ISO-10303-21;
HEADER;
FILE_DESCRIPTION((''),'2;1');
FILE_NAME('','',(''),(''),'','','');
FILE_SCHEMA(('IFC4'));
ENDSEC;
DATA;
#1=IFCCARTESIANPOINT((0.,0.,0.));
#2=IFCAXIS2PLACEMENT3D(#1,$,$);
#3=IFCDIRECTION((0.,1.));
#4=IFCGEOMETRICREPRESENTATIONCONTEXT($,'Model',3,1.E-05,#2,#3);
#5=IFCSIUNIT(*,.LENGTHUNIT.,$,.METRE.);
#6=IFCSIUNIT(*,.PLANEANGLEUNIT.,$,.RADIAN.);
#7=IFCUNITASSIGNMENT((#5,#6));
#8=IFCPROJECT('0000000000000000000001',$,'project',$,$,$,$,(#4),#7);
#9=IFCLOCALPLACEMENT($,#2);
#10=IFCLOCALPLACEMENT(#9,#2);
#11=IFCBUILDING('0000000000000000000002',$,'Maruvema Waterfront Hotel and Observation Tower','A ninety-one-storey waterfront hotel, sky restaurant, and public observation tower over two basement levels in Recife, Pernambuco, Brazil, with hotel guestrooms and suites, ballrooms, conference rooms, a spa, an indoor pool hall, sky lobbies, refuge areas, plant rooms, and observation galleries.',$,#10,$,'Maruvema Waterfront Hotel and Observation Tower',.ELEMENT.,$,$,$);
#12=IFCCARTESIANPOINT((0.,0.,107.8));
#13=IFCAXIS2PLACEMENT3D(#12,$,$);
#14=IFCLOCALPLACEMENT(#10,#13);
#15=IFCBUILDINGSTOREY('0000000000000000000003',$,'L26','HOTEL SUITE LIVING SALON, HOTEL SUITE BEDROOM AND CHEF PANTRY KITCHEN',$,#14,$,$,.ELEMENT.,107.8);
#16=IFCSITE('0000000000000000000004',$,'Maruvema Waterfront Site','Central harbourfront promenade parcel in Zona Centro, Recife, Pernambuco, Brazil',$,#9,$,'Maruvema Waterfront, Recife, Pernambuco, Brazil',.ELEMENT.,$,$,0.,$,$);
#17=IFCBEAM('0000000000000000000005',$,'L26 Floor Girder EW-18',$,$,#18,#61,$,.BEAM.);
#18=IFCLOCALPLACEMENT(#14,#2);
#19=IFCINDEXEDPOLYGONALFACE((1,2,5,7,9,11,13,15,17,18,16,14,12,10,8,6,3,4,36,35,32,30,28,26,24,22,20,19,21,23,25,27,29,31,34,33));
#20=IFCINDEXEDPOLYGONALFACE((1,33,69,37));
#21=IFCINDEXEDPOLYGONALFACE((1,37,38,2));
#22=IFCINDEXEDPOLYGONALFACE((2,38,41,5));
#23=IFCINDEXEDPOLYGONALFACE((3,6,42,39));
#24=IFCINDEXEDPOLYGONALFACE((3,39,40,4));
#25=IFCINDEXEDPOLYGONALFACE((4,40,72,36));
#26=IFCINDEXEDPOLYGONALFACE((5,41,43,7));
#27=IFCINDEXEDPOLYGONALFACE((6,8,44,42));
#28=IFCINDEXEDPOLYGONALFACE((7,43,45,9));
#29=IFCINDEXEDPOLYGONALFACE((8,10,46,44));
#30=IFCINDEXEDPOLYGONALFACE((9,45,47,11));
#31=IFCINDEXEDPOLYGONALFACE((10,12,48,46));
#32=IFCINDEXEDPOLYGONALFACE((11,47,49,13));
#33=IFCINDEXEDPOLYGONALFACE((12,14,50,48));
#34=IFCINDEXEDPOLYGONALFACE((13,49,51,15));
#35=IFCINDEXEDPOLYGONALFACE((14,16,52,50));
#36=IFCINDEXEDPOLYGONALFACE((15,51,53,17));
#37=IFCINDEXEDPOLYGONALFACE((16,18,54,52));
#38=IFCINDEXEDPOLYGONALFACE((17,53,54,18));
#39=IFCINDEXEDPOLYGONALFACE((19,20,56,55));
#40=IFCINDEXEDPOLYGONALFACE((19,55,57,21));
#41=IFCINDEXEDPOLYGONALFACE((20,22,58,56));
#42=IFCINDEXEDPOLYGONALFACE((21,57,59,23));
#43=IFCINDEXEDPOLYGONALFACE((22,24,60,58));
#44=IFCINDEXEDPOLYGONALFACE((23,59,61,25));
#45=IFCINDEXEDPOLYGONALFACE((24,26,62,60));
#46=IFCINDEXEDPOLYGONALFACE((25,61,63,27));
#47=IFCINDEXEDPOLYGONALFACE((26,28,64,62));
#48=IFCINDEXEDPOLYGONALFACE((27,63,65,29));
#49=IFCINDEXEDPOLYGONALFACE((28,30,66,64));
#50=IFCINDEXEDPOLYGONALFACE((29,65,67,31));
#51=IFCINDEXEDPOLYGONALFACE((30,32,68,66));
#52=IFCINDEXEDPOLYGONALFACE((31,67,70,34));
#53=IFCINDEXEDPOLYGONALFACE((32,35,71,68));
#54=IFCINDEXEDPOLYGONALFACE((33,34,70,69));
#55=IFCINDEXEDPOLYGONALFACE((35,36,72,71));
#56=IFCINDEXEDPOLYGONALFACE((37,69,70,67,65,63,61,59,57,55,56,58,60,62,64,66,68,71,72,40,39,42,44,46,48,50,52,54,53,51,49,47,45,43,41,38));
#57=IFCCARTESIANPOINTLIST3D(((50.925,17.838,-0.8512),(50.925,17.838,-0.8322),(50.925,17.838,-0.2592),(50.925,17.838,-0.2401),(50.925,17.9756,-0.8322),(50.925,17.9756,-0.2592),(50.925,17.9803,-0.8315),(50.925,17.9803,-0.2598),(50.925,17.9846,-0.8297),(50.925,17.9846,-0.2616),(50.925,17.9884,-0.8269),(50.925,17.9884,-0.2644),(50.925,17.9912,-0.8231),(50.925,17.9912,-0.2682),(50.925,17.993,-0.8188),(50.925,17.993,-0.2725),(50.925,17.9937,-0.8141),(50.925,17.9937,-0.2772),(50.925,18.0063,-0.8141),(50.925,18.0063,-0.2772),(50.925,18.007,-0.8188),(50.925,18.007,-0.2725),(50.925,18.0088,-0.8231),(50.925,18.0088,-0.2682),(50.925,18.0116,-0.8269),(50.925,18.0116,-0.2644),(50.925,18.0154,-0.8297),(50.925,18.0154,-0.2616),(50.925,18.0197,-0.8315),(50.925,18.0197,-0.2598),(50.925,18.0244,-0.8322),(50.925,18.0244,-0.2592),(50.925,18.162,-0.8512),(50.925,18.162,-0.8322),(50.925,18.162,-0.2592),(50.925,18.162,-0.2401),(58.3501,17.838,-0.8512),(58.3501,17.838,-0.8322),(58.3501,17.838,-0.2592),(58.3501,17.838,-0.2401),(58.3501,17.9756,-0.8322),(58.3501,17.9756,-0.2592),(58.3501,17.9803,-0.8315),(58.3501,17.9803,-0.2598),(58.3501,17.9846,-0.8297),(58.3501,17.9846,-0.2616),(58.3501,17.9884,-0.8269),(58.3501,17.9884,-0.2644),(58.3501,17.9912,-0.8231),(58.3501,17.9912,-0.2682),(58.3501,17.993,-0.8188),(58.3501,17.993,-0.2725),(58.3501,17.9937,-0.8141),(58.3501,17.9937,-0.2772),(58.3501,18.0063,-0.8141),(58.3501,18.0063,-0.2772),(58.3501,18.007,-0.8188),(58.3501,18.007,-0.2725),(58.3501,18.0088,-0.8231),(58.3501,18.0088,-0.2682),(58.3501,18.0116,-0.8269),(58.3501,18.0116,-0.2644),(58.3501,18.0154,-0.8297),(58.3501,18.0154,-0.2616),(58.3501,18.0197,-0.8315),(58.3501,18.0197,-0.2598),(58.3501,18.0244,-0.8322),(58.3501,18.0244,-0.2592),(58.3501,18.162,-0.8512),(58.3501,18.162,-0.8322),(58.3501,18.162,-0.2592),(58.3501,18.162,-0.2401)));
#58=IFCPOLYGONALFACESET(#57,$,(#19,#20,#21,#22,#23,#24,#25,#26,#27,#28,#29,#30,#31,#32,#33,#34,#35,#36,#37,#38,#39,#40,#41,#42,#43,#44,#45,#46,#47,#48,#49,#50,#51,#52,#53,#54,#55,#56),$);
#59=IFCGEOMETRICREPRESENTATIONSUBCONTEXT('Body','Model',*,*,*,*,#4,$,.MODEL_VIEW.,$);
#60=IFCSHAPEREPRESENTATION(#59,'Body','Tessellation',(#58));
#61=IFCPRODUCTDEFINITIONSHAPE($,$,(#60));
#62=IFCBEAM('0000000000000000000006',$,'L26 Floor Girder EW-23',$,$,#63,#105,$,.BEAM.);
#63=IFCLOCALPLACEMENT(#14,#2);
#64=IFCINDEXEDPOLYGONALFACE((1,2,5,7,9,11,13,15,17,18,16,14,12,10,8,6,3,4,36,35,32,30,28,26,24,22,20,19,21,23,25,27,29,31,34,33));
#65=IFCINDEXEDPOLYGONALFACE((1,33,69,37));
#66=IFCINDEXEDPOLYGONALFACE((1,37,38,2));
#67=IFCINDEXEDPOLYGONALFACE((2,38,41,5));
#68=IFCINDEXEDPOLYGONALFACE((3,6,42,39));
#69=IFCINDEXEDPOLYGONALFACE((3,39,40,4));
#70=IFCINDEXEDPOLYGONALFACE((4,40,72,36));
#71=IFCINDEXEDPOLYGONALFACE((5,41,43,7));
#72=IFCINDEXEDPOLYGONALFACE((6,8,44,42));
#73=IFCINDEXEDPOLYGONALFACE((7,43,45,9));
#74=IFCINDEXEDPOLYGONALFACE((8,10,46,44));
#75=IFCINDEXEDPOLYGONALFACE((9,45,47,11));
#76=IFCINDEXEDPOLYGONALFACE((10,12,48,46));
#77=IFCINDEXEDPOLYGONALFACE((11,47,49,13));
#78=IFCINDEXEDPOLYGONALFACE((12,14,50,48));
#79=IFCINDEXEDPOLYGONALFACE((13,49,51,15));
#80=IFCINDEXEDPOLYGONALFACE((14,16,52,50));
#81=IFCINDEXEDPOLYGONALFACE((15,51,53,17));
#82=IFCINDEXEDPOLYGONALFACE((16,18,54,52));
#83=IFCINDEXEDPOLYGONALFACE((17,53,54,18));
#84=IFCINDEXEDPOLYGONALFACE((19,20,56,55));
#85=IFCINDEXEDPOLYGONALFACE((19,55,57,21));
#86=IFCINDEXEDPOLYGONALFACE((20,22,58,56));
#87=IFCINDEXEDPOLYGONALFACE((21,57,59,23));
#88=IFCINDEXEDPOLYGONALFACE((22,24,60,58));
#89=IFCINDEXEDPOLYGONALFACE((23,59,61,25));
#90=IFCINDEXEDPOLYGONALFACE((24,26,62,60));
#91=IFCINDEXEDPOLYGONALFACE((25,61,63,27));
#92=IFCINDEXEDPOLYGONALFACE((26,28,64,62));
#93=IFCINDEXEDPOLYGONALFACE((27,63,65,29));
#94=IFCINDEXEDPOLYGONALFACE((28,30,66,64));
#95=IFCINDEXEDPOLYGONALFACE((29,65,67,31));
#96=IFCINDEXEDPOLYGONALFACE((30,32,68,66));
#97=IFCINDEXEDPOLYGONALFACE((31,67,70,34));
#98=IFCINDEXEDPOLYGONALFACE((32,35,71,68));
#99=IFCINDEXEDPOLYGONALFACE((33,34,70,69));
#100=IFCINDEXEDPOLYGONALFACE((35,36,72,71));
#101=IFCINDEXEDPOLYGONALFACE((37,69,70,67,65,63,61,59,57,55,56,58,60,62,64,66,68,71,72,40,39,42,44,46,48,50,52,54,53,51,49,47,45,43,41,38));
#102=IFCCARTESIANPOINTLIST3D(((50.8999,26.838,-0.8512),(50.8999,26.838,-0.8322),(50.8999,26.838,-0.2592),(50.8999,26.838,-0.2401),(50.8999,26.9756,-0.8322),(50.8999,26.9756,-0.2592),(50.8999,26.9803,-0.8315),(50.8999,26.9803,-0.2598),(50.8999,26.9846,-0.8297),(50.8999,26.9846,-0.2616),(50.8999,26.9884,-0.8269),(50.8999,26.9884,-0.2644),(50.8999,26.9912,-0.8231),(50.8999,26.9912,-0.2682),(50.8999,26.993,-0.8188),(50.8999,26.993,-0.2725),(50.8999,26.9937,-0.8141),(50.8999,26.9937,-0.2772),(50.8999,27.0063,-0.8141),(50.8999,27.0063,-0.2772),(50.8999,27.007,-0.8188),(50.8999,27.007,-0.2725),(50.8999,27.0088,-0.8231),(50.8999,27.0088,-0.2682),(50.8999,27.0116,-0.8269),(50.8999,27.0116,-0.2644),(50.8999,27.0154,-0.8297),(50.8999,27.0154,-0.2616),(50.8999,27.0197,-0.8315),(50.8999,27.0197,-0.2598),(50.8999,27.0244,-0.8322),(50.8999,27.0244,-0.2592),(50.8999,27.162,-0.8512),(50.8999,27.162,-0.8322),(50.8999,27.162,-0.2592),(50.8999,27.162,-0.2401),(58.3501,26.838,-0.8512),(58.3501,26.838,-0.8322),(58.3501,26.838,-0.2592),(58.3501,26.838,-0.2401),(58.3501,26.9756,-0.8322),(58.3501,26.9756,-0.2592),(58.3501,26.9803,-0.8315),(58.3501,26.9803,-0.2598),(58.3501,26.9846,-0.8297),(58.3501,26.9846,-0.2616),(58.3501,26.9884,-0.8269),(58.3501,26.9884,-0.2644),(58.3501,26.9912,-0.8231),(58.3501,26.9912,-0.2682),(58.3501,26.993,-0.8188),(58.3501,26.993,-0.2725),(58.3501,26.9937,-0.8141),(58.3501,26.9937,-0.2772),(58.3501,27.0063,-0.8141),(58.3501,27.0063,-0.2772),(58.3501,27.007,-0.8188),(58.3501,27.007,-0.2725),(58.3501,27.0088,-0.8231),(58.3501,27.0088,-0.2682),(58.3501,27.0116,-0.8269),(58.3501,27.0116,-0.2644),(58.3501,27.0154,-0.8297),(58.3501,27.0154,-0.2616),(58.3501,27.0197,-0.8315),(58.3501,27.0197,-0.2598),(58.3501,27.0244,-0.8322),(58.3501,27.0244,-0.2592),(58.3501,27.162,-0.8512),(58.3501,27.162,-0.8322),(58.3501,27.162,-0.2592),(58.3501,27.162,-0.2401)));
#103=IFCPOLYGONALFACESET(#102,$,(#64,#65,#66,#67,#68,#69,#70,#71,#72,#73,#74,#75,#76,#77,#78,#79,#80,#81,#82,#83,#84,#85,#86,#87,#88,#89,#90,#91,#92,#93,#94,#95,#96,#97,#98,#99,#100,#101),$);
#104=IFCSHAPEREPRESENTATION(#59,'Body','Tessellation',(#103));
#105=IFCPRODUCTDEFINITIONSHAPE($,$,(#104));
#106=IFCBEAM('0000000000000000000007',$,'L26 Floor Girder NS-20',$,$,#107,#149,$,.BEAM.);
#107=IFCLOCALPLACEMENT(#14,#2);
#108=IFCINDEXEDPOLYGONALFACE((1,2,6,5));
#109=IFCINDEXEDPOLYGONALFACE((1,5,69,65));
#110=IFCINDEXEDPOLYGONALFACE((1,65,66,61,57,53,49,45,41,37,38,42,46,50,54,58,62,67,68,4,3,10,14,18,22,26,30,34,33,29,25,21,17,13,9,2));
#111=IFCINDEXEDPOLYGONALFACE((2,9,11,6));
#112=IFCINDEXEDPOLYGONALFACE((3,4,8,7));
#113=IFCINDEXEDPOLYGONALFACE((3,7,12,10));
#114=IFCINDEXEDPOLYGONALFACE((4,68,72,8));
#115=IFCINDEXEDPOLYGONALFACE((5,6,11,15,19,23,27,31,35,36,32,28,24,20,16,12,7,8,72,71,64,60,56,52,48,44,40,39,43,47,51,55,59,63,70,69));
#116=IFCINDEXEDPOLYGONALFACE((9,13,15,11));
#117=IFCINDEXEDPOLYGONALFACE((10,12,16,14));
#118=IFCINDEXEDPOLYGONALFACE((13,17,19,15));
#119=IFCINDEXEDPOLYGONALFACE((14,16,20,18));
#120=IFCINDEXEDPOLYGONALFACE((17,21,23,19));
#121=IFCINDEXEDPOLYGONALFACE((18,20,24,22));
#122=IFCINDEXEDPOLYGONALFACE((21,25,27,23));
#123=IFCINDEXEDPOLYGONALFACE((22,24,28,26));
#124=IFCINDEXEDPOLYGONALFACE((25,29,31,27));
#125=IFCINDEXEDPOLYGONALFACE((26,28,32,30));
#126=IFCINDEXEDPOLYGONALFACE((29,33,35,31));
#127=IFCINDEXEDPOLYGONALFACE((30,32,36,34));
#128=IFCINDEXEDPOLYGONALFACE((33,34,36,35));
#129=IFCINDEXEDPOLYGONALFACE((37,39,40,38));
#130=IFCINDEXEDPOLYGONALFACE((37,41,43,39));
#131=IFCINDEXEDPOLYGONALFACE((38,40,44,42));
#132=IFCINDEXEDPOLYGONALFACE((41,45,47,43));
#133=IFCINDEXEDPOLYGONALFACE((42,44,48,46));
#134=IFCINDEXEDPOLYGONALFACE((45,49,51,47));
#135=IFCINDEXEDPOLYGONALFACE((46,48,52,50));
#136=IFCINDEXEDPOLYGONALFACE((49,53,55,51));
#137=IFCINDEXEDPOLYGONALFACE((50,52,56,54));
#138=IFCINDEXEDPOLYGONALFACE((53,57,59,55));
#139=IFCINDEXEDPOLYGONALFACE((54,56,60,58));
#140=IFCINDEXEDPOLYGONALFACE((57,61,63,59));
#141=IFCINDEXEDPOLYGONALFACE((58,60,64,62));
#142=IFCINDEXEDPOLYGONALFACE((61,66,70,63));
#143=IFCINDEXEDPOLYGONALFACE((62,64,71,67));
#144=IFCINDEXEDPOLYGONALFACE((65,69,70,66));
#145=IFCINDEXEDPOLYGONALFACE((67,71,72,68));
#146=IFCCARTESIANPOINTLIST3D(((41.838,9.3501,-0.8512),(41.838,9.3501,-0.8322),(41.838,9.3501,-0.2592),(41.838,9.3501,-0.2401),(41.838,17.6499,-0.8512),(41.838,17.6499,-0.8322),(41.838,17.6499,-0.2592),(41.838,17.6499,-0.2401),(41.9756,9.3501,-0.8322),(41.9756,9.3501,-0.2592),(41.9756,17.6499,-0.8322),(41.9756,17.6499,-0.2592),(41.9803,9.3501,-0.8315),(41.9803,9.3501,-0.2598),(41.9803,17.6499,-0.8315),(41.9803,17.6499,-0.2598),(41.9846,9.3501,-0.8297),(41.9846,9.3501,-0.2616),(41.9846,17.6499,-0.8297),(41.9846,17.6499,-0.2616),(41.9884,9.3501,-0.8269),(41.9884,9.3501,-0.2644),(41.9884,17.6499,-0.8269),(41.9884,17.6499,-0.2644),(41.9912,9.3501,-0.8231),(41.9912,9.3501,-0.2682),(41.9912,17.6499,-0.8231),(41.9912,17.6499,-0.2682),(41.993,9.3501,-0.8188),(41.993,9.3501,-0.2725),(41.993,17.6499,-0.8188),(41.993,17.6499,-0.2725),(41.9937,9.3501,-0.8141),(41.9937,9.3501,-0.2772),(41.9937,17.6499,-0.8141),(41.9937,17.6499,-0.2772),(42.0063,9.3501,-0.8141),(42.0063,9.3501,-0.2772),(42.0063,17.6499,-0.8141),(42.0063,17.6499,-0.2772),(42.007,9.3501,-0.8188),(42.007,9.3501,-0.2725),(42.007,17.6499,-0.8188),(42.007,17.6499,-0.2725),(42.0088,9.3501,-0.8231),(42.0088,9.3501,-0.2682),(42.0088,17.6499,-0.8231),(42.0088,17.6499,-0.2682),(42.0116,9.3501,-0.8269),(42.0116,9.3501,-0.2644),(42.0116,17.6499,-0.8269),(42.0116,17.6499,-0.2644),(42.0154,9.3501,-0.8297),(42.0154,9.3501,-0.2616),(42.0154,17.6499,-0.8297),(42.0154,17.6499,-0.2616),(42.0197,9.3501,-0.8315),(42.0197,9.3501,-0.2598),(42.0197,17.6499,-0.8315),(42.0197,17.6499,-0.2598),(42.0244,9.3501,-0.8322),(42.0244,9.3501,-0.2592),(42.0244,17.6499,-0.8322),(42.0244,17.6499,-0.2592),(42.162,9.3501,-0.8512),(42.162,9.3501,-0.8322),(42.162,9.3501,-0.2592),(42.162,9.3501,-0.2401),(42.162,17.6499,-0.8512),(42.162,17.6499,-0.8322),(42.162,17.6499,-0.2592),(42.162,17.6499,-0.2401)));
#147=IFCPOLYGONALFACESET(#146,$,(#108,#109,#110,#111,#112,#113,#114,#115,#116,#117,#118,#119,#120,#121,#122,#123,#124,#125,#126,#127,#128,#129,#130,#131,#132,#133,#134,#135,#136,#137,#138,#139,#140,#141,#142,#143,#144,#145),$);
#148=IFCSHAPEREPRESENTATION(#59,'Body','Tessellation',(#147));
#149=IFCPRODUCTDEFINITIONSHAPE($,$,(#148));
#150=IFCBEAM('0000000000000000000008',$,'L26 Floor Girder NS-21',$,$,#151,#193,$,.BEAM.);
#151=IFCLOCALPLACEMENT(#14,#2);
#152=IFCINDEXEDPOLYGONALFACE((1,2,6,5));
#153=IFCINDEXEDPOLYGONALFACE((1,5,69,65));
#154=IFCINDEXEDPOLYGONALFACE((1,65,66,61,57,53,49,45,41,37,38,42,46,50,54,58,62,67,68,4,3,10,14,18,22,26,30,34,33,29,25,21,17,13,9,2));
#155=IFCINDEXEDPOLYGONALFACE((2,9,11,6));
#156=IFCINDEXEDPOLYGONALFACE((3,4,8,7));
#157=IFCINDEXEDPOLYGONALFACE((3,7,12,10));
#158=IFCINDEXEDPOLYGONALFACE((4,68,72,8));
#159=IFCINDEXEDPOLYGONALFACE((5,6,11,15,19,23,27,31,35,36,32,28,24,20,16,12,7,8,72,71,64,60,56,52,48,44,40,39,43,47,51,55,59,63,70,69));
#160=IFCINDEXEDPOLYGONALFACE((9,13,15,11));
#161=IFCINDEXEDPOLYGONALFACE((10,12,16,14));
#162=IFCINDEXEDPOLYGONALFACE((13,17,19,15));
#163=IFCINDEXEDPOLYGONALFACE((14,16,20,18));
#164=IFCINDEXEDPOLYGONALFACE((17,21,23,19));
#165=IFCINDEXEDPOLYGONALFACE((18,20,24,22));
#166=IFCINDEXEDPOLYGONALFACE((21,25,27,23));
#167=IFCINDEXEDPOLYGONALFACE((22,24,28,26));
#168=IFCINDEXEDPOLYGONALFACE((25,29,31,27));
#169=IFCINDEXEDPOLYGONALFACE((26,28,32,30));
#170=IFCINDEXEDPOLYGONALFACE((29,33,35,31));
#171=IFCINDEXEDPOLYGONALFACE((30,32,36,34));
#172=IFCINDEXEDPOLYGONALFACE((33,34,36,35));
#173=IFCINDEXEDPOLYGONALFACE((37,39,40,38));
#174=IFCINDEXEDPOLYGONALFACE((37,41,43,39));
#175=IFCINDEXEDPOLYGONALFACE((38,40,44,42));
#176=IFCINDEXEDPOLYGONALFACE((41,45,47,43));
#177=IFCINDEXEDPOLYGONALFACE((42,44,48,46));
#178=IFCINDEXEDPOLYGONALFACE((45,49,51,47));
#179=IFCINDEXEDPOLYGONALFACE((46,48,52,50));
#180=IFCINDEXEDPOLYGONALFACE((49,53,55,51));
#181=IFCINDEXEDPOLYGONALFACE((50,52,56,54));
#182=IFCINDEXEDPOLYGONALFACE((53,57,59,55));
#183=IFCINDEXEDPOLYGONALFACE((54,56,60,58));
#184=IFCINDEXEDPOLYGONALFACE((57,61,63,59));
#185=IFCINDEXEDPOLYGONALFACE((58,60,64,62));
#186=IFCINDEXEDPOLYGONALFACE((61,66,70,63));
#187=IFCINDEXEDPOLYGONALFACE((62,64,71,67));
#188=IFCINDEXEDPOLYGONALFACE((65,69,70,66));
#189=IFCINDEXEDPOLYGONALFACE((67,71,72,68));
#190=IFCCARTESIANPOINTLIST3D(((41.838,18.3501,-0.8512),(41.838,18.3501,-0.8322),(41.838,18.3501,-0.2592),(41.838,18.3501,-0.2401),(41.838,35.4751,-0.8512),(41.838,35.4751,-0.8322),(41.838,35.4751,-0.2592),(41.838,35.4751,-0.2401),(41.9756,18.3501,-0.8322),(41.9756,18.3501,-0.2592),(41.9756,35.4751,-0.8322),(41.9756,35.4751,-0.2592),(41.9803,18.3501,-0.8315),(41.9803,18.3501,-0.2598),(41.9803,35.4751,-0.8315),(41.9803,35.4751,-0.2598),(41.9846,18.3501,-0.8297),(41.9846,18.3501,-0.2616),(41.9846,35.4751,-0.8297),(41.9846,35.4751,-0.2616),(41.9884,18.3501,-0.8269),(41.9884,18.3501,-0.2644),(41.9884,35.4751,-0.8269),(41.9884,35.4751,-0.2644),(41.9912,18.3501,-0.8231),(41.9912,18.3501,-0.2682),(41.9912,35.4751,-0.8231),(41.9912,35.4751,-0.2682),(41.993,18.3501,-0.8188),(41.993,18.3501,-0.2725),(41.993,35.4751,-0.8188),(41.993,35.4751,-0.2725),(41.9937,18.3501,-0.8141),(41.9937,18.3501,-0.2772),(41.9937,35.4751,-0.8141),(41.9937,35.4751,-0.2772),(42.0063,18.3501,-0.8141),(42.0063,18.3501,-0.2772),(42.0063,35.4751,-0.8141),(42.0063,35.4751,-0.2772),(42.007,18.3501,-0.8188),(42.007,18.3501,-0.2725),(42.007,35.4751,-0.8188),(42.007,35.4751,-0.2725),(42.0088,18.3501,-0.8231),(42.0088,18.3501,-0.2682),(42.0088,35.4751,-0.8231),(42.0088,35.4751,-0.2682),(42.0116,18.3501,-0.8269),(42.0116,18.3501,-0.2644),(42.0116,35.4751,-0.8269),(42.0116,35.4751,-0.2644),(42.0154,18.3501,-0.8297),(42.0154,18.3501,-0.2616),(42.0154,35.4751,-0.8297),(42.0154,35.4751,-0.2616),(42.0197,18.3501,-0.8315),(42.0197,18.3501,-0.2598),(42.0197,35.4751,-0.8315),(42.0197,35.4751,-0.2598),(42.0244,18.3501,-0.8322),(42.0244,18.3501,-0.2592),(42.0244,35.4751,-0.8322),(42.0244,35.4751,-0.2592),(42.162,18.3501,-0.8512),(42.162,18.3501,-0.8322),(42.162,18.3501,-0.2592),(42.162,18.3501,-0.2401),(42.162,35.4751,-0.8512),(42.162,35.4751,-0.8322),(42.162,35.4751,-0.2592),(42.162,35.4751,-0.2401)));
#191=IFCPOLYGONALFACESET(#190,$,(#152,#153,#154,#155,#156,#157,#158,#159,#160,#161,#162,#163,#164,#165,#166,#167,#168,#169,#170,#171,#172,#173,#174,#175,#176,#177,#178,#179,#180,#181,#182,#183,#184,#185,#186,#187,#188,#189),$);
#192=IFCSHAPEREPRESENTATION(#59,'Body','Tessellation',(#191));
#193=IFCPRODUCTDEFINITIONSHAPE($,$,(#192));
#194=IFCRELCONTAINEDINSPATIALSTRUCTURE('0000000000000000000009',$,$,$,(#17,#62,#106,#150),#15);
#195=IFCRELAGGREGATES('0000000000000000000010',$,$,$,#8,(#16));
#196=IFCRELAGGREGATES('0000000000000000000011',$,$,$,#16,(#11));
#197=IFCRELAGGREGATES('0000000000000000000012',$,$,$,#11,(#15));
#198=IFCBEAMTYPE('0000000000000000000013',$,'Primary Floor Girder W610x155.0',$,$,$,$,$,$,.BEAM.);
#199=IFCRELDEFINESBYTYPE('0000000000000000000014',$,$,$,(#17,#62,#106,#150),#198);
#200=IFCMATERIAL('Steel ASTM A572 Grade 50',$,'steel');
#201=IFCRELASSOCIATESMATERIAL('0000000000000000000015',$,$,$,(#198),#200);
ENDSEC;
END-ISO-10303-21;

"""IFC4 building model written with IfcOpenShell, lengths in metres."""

from ifc_helpers import new_model, si_unit, direction, frame, origin, origin_2d, place, context, subcontext, project, spatial, i_section, extrude, material, material_profile, profile_set, type_object, element, save


model = new_model("IFC4")

# Units and contexts
model_context = context("Model", 3, precision=1e-05, world=origin(), true_north=direction((0.0, 1.0)))
body_context = subcontext(model_context, "Body", "Model", "MODEL_VIEW")
ifc_project = project(units=[si_unit("LENGTHUNIT", "METRE"), si_unit("PLANEANGLEUNIT", "RADIAN")], contexts=[model_context])

# Site, building, storey
site_placement = place(None, origin())
site = spatial("IfcSite", under=ifc_project, at=site_placement, Name="Maruvema Waterfront Site", Description="Central harbourfront promenade parcel in Zona Centro, Recife, Pernambuco, Brazil", LongName="Maruvema Waterfront, Recife, Pernambuco, Brazil", CompositionType="ELEMENT", RefElevation=0.0)
building_placement = place(site_placement, origin())
building = spatial("IfcBuilding", under=site, at=building_placement, Name="Maruvema Waterfront Hotel and Observation Tower", Description="A ninety-one-storey waterfront hotel, sky restaurant, and public observation tower over two basement levels in Recife, Pernambuco, Brazil, with hotel guestrooms and suites, ballrooms, conference rooms, a spa, an indoor pool hall, sky lobbies, refuge areas, plant rooms, and observation galleries.", LongName="Maruvema Waterfront Hotel and Observation Tower", CompositionType="ELEMENT")
storey_placement = place(building_placement, frame((0.0, 0.0, 107.8)))
storey = spatial("IfcBuildingStorey", under=building, at=storey_placement, Name="L26", Description="HOTEL SUITE LIVING SALON, HOTEL SUITE BEDROOM AND CHEF PANTRY KITCHEN", CompositionType="ELEMENT", Elevation=107.8)

# Beams
ifc_material_1 = material(Name="Steel ASTM A572 Grade 50", Category="steel")
ifc_material_profile_1 = material_profile(ifc_material_1, i_section(OverallWidth=0.324, OverallDepth=0.6111, WebThickness=0.0127, FlangeThickness=0.019, FilletRadius=0.0181, at=origin_2d()), Name="W610x155.0")
ifc_profile_set_1 = profile_set([ifc_material_profile_1], Name="Steel ASTM A572 Grade 50")
beam_type_1 = type_object("IfcBeamType", Name="Primary Floor Girder W610x155.0", PredefinedType="BEAM", material=ifc_profile_set_1)
beam_1_placement = place(storey_placement, frame((50.925, 18.0, -0.5457), z_axis=(1.0, 0.0, 0.0), x_axis=(0.0, 1.0, 0.0)))
element("IfcBeam", 1, at=beam_1_placement, inside=storey, type_object=beam_type_1, Name="L26 Floor Girder EW-18", PredefinedType="BEAM", context=body_context, shape_type="SweptSolid", body=[
    extrude(i_section(OverallWidth=0.324, OverallDepth=0.6111, WebThickness=0.0127, FlangeThickness=0.019, FilletRadius=0.0181, at=origin_2d()), origin(), (0.0, 0.0, 1.0), 7.425),
])
beam_2_placement = place(storey_placement, frame((50.8999, 27.0, -0.5457), z_axis=(1.0, 0.0, 0.0), x_axis=(0.0, 1.0, 0.0)))
element("IfcBeam", 2, at=beam_2_placement, inside=storey, type_object=beam_type_1, Name="L26 Floor Girder EW-23", PredefinedType="BEAM", context=body_context, shape_type="SweptSolid", body=[
    extrude(i_section(OverallWidth=0.324, OverallDepth=0.6111, WebThickness=0.0127, FlangeThickness=0.019, FilletRadius=0.0181, at=origin_2d()), origin(), (0.0, 0.0, 1.0), 7.4502),
])
beam_3_placement = place(storey_placement, frame((42.0, 9.3501, -0.5457), z_axis=(0.0, 1.0, 0.0), x_axis=(-1.0, 0.0, 0.0)))
element("IfcBeam", 3, at=beam_3_placement, inside=storey, type_object=beam_type_1, Name="L26 Floor Girder NS-20", PredefinedType="BEAM", context=body_context, shape_type="SweptSolid", body=[
    extrude(i_section(OverallWidth=0.324, OverallDepth=0.6111, WebThickness=0.0127, FlangeThickness=0.019, FilletRadius=0.0181, at=origin_2d()), origin(), (0.0, 0.0, 1.0), 8.2998),
])
beam_4_placement = place(storey_placement, frame((42.0, 18.3501, -0.5457), z_axis=(0.0, 1.0, 0.0), x_axis=(-1.0, 0.0, 0.0)))
element("IfcBeam", 4, at=beam_4_placement, inside=storey, type_object=beam_type_1, Name="L26 Floor Girder NS-21", PredefinedType="BEAM", context=body_context, shape_type="SweptSolid", body=[
    extrude(i_section(OverallWidth=0.324, OverallDepth=0.6111, WebThickness=0.0127, FlangeThickness=0.019, FilletRadius=0.0181, at=origin_2d()), origin(), (0.0, 0.0, 1.0), 17.125),
])

save(model, "model.ifc")
